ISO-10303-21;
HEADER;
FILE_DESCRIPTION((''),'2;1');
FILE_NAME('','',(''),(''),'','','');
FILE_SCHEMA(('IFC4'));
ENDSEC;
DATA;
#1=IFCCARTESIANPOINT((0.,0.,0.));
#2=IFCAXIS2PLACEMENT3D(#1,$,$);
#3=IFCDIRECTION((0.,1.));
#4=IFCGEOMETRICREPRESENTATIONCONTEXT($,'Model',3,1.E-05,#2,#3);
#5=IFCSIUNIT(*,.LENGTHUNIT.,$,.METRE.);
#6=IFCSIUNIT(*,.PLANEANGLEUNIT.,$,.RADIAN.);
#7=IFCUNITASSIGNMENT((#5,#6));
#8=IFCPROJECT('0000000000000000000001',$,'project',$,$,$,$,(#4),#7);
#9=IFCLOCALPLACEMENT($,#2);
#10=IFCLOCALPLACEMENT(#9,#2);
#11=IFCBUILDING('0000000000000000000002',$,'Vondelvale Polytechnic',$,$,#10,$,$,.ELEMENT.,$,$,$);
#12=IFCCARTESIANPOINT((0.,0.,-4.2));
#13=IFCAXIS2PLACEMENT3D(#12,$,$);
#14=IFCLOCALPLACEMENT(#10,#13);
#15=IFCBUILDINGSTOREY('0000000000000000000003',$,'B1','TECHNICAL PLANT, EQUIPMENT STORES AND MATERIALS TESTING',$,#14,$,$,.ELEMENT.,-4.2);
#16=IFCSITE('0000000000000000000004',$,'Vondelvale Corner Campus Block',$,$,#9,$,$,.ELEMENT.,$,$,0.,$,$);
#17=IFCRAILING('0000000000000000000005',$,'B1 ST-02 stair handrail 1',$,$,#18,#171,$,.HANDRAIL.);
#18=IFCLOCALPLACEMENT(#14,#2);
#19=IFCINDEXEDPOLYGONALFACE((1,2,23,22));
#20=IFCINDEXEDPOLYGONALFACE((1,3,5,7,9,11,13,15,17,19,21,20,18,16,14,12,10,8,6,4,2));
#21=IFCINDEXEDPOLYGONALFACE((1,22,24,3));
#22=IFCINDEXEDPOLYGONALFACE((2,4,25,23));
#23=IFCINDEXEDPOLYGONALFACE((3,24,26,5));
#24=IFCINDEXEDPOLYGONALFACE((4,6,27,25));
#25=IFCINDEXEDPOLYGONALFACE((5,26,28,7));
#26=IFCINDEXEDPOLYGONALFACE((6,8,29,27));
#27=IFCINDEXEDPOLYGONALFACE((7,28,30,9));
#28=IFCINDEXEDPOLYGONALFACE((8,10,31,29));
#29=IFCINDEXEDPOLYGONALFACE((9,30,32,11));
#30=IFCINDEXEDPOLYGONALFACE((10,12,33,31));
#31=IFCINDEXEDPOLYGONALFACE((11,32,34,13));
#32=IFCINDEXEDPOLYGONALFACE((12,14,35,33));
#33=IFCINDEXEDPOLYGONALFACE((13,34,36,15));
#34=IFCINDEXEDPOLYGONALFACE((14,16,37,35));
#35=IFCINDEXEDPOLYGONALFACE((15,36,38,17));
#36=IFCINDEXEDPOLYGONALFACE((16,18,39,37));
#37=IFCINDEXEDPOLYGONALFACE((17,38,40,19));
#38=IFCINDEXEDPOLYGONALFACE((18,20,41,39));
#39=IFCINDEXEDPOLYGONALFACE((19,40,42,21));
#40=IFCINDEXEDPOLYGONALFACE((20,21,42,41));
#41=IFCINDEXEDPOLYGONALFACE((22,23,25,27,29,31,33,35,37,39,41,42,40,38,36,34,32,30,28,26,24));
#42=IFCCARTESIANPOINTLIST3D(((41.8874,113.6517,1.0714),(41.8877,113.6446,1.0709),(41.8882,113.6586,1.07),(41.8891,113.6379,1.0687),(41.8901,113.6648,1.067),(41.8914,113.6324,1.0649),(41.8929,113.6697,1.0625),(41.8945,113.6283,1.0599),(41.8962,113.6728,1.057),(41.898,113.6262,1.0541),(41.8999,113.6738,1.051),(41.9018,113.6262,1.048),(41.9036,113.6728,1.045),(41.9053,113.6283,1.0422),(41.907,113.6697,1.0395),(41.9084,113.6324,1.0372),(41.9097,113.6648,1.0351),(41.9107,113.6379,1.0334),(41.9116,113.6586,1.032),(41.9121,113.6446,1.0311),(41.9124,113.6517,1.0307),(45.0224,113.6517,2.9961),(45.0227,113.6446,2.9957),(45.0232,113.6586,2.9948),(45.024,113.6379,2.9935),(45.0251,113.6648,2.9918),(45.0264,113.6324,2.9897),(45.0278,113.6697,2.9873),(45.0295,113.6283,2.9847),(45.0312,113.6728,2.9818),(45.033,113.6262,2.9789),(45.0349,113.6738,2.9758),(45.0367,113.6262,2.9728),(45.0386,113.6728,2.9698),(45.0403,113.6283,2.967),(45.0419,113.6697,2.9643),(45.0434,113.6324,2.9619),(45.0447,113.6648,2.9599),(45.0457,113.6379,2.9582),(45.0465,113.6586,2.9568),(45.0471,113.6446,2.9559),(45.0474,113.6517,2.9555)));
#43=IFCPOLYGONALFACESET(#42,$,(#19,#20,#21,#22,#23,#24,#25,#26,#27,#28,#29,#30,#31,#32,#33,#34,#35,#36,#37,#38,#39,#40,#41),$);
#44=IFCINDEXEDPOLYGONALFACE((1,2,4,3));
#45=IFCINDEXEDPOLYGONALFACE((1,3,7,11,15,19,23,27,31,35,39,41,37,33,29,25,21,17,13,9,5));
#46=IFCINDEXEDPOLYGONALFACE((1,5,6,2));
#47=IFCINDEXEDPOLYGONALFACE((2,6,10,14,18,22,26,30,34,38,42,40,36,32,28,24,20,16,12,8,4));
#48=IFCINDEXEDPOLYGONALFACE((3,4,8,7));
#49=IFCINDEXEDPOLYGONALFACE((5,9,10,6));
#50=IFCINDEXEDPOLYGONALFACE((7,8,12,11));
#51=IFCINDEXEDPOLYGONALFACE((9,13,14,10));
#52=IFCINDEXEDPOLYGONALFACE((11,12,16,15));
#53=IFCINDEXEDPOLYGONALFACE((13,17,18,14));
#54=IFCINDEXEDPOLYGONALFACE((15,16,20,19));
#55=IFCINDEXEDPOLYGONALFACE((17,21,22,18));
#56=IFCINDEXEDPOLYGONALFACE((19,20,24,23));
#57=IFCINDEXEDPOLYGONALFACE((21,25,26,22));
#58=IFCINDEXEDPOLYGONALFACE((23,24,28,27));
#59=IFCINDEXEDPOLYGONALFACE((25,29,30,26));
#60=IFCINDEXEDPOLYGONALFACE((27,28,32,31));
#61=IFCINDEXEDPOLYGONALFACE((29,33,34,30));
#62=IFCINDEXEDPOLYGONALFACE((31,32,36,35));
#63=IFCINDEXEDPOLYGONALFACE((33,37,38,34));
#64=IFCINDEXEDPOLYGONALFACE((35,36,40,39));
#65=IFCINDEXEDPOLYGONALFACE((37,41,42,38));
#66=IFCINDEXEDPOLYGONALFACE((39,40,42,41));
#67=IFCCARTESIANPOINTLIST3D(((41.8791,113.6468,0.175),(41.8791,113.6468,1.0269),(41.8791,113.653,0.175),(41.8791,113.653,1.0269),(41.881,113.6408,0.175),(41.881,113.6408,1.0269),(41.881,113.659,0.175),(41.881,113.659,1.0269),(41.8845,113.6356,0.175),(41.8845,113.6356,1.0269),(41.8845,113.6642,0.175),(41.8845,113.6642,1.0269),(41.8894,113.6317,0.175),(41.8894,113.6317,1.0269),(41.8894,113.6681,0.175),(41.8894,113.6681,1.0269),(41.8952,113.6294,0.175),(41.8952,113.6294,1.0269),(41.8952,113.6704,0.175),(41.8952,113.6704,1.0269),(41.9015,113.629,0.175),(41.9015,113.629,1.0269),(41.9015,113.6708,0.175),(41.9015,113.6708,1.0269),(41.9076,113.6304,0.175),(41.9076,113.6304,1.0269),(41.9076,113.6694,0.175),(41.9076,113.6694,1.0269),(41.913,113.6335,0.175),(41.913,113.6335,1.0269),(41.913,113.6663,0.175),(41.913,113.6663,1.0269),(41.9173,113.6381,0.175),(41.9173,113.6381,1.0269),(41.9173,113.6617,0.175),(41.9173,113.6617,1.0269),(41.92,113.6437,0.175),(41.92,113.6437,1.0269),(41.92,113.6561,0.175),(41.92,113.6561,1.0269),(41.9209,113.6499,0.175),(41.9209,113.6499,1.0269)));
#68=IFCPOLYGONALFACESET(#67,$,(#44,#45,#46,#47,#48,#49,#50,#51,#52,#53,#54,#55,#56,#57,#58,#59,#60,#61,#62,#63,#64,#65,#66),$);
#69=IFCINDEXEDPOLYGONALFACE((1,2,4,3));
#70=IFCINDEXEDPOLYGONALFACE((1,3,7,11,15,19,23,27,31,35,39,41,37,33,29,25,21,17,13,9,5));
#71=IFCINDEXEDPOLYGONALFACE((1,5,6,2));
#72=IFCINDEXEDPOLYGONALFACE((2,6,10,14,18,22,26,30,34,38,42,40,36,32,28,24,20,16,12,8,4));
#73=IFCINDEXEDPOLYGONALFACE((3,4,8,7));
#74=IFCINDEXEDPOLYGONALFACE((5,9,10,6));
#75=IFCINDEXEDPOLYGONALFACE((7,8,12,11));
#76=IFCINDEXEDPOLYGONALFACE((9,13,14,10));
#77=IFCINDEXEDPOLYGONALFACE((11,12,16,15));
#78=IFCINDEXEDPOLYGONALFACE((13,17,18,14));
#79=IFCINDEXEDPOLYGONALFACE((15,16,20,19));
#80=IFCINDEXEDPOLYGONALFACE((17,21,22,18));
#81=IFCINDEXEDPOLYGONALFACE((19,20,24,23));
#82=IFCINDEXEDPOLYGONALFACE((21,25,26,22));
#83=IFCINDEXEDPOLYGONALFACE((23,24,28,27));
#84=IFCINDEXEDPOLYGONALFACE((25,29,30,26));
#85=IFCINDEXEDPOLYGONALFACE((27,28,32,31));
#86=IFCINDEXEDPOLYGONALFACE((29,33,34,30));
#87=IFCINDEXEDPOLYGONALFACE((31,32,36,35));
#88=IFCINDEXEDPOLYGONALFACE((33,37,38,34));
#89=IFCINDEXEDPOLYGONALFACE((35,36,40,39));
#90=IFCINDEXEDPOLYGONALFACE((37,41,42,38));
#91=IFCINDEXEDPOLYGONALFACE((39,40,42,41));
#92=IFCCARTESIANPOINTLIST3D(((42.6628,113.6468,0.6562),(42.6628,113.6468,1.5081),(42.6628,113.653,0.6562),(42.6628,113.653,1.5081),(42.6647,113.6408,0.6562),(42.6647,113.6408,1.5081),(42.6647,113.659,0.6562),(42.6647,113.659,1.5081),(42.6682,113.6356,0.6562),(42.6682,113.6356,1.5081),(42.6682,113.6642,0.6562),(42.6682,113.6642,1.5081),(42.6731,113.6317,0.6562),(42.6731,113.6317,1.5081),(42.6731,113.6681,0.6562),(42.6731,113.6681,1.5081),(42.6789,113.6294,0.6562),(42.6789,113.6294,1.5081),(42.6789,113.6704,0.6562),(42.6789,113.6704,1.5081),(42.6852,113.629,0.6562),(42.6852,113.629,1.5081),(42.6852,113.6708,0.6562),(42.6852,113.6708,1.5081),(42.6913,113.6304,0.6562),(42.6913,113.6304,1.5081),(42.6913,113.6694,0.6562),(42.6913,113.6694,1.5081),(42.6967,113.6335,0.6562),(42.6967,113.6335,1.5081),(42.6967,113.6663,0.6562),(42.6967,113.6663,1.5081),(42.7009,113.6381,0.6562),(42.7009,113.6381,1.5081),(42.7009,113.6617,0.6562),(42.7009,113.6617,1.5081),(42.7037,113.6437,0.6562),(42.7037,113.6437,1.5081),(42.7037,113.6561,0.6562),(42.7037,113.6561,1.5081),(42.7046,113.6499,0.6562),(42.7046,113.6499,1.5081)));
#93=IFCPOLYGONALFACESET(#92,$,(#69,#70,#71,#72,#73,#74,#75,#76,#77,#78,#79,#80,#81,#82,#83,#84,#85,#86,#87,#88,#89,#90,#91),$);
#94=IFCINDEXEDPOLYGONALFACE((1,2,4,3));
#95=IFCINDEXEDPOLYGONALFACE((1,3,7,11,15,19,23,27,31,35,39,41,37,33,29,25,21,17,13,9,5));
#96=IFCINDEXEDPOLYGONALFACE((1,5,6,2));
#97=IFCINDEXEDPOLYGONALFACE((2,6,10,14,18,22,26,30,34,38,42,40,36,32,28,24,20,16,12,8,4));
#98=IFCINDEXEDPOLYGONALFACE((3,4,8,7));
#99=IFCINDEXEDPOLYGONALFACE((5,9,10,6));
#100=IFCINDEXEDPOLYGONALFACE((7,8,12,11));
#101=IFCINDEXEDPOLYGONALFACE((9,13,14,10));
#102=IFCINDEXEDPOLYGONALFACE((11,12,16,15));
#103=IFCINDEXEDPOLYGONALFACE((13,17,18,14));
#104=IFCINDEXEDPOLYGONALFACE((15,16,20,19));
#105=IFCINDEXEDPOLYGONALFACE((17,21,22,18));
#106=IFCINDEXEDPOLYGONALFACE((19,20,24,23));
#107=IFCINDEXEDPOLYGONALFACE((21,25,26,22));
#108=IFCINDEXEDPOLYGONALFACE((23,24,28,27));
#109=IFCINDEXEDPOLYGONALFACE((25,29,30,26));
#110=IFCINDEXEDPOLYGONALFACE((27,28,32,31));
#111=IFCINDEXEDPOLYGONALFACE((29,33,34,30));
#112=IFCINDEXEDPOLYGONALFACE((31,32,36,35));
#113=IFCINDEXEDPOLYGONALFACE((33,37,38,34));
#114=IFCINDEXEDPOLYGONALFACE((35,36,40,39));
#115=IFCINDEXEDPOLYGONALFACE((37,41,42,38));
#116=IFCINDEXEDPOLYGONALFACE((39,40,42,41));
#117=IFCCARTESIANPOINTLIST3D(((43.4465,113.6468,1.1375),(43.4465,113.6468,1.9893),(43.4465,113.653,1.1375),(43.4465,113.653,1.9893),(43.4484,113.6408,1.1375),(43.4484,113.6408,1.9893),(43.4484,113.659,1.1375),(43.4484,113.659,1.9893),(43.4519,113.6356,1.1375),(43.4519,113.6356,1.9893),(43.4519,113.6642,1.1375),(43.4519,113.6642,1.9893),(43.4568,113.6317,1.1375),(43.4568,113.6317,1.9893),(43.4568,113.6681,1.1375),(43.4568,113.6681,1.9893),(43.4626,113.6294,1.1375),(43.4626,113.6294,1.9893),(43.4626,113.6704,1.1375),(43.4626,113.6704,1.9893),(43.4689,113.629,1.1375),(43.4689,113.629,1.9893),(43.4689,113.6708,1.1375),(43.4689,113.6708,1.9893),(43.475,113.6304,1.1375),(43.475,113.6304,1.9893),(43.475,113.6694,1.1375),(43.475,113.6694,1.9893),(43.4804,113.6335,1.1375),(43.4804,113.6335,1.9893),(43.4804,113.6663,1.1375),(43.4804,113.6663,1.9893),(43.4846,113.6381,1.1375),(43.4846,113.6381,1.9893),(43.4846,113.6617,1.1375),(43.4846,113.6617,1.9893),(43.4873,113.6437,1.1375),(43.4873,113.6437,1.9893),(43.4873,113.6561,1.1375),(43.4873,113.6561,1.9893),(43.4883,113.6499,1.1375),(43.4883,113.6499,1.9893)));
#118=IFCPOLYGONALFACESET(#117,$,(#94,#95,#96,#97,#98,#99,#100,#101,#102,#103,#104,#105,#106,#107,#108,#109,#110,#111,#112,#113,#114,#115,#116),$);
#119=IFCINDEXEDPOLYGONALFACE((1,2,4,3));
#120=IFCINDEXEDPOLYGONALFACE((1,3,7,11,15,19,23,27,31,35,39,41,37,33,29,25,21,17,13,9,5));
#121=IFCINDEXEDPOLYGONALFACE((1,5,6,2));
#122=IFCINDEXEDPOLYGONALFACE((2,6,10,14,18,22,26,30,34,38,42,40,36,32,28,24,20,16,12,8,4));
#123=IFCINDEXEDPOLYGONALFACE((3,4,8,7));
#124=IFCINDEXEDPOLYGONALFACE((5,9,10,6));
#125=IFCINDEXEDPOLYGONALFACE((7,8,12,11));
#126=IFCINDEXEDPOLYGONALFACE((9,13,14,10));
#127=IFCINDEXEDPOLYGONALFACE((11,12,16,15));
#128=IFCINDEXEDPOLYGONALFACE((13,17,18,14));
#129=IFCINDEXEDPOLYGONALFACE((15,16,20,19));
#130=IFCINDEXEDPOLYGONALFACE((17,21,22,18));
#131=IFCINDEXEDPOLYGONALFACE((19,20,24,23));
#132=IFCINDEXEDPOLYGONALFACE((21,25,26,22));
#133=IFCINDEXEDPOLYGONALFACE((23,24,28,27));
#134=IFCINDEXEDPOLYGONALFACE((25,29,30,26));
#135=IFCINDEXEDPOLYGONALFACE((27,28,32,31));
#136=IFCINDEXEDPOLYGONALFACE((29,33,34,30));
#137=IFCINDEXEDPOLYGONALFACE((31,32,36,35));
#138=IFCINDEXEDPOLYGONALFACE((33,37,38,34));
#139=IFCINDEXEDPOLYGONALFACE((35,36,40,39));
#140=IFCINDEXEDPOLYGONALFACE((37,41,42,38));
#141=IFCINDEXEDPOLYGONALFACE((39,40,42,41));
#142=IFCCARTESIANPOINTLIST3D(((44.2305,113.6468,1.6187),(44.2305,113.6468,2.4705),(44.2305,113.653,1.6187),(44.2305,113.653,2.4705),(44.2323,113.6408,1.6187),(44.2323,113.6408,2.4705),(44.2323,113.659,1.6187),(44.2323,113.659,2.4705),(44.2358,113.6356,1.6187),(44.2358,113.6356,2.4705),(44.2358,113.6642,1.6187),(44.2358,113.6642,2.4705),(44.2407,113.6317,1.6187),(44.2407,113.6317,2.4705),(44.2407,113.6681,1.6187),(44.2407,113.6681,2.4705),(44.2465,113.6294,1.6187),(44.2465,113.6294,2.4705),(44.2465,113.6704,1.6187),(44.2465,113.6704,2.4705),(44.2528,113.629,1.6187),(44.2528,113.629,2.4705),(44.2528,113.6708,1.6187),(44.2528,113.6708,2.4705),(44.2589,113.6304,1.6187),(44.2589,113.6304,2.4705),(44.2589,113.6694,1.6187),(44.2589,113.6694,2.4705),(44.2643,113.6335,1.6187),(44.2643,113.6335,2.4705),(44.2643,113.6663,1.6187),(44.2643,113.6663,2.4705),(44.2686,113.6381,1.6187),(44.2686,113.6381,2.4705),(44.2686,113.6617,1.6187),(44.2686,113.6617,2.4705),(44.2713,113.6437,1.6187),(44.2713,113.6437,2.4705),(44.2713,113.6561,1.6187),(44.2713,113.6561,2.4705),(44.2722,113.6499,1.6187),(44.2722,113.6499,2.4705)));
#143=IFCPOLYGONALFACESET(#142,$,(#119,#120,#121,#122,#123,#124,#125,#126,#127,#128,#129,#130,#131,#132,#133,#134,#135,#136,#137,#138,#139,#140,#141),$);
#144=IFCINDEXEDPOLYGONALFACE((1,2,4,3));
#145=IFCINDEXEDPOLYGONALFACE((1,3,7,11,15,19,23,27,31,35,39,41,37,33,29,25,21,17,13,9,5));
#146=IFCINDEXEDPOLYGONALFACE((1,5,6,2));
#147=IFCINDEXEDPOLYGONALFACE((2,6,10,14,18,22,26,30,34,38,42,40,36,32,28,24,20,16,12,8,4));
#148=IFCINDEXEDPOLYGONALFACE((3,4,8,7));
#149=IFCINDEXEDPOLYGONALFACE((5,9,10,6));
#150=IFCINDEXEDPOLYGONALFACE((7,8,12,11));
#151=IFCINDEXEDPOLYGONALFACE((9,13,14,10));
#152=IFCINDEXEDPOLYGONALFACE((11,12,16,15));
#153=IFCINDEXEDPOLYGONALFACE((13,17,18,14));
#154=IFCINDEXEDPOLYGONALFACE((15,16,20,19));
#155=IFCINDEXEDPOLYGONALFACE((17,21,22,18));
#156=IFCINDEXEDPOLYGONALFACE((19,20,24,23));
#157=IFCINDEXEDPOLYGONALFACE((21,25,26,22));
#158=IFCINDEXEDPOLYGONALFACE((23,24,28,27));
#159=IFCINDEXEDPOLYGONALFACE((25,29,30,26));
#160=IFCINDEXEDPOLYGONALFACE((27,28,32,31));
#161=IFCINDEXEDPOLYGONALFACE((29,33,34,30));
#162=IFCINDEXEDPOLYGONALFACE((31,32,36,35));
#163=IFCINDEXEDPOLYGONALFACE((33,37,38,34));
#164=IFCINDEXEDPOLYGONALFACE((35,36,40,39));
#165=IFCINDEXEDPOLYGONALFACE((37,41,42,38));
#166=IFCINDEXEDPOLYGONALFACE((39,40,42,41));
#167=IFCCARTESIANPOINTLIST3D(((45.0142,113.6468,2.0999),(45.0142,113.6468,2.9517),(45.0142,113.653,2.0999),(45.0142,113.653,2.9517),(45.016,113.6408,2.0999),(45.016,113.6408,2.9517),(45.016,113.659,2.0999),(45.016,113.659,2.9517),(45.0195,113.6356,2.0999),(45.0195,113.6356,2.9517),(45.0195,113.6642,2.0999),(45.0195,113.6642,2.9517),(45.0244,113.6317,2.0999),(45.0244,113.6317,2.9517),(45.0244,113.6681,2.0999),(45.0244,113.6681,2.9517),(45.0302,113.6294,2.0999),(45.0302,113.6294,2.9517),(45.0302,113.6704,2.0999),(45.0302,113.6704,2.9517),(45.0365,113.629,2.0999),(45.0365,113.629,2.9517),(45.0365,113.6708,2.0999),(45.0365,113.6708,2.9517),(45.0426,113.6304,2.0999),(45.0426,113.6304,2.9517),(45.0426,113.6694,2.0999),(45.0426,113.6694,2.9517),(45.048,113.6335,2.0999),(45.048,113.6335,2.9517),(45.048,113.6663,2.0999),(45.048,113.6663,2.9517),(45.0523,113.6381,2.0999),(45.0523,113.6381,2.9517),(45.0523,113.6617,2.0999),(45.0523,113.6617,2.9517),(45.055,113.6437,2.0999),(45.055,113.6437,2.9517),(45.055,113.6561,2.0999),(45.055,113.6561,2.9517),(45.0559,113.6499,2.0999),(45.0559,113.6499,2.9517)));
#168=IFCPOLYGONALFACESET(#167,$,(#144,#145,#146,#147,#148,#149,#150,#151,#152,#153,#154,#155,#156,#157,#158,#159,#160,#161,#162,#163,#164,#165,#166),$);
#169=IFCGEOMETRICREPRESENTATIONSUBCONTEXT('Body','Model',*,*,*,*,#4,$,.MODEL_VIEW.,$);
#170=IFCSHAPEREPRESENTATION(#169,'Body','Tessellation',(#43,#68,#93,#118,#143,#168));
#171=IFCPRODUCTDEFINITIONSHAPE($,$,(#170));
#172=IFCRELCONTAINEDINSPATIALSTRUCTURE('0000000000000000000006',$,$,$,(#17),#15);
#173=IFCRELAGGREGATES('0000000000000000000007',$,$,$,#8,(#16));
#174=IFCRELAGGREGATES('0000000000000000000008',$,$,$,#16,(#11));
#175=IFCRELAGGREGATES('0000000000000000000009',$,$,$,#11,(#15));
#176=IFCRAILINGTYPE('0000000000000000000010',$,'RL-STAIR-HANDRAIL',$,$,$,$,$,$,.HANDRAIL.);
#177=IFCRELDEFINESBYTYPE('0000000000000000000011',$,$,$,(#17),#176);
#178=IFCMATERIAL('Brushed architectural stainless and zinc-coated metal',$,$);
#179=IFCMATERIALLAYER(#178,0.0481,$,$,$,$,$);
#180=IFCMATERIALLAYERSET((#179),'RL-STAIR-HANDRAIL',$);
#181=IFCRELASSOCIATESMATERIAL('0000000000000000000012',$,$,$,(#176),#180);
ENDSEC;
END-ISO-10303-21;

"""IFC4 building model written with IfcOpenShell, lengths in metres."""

from ifc_helpers import new_model, si_unit, direction, frame, origin, origin_2d, place, context, subcontext, project, spatial, circle, extrude, material, layer, layer_set, type_object, element, save


model = new_model("IFC4")

# Units and contexts
model_context = context("Model", 3, precision=1e-05, world=origin(), true_north=direction((0.0, 1.0)))
body_context = subcontext(model_context, "Body", "Model", "MODEL_VIEW")
ifc_project = project(units=[si_unit("LENGTHUNIT", "METRE"), si_unit("PLANEANGLEUNIT", "RADIAN")], contexts=[model_context])

# Site, building, storey
site_placement = place(None, origin())
site = spatial("IfcSite", under=ifc_project, at=site_placement, Name="Vondelvale Corner Campus Block", CompositionType="ELEMENT", RefElevation=0.0)
building_placement = place(site_placement, origin())
building = spatial("IfcBuilding", under=site, at=building_placement, Name="Vondelvale Polytechnic", CompositionType="ELEMENT")
storey_placement = place(building_placement, frame((0.0, 0.0, -4.2)))
storey = spatial("IfcBuildingStorey", under=building, at=storey_placement, Name="B1", Description="TECHNICAL PLANT, EQUIPMENT STORES AND MATERIALS TESTING", CompositionType="ELEMENT", Elevation=-4.2)

# Shared definitions
ifc_material_1 = material(Name="Brushed architectural stainless and zinc-coated metal")

# Railing
ifc_layer_1 = layer(ifc_material_1, 0.0481)
ifc_layer_set_1 = layer_set([ifc_layer_1], Name="RL-STAIR-HANDRAIL")
railing_type_1 = type_object("IfcRailingType", Name="RL-STAIR-HANDRAIL", PredefinedType="HANDRAIL", material=ifc_layer_set_1)
railing_1_placement = place(storey_placement, frame((41.8999, 113.6499, 0.175)))
element("IfcRailing", 1, at=railing_1_placement, inside=storey, type_object=railing_type_1, Name="B1 ST-02 stair handrail 1", PredefinedType="HANDRAIL", context=body_context, shape_type="SweptSolid", body=[
    extrude(circle(Radius=0.0239, at=origin_2d()), frame((0.0, 0.0, 0.876), z_axis=(0.852196, 0.0, 0.523223), x_axis=(0.0, 1.0, 0.0)), (0.0, 0.0, 1.0), 3.6787),
    extrude(circle(Radius=0.021, at=origin_2d()), origin(), (0.0, 0.0, 1.0), 0.8518),
    extrude(circle(Radius=0.021, at=origin_2d()), frame((0.7837, 0.0, 0.4812)), (0.0, 0.0, 1.0), 0.8518),
    extrude(circle(Radius=0.021, at=origin_2d()), frame((1.5674, 0.0, 0.9624)), (0.0, 0.0, 1.0), 0.8518),
    extrude(circle(Radius=0.021, at=origin_2d()), frame((2.3513, 0.0, 1.4436)), (0.0, 0.0, 1.0), 0.8518),
    extrude(circle(Radius=0.021, at=origin_2d()), frame((3.135, 0.0, 1.9248)), (0.0, 0.0, 1.0), 0.8518),
])

save(model, "model.ifc")
